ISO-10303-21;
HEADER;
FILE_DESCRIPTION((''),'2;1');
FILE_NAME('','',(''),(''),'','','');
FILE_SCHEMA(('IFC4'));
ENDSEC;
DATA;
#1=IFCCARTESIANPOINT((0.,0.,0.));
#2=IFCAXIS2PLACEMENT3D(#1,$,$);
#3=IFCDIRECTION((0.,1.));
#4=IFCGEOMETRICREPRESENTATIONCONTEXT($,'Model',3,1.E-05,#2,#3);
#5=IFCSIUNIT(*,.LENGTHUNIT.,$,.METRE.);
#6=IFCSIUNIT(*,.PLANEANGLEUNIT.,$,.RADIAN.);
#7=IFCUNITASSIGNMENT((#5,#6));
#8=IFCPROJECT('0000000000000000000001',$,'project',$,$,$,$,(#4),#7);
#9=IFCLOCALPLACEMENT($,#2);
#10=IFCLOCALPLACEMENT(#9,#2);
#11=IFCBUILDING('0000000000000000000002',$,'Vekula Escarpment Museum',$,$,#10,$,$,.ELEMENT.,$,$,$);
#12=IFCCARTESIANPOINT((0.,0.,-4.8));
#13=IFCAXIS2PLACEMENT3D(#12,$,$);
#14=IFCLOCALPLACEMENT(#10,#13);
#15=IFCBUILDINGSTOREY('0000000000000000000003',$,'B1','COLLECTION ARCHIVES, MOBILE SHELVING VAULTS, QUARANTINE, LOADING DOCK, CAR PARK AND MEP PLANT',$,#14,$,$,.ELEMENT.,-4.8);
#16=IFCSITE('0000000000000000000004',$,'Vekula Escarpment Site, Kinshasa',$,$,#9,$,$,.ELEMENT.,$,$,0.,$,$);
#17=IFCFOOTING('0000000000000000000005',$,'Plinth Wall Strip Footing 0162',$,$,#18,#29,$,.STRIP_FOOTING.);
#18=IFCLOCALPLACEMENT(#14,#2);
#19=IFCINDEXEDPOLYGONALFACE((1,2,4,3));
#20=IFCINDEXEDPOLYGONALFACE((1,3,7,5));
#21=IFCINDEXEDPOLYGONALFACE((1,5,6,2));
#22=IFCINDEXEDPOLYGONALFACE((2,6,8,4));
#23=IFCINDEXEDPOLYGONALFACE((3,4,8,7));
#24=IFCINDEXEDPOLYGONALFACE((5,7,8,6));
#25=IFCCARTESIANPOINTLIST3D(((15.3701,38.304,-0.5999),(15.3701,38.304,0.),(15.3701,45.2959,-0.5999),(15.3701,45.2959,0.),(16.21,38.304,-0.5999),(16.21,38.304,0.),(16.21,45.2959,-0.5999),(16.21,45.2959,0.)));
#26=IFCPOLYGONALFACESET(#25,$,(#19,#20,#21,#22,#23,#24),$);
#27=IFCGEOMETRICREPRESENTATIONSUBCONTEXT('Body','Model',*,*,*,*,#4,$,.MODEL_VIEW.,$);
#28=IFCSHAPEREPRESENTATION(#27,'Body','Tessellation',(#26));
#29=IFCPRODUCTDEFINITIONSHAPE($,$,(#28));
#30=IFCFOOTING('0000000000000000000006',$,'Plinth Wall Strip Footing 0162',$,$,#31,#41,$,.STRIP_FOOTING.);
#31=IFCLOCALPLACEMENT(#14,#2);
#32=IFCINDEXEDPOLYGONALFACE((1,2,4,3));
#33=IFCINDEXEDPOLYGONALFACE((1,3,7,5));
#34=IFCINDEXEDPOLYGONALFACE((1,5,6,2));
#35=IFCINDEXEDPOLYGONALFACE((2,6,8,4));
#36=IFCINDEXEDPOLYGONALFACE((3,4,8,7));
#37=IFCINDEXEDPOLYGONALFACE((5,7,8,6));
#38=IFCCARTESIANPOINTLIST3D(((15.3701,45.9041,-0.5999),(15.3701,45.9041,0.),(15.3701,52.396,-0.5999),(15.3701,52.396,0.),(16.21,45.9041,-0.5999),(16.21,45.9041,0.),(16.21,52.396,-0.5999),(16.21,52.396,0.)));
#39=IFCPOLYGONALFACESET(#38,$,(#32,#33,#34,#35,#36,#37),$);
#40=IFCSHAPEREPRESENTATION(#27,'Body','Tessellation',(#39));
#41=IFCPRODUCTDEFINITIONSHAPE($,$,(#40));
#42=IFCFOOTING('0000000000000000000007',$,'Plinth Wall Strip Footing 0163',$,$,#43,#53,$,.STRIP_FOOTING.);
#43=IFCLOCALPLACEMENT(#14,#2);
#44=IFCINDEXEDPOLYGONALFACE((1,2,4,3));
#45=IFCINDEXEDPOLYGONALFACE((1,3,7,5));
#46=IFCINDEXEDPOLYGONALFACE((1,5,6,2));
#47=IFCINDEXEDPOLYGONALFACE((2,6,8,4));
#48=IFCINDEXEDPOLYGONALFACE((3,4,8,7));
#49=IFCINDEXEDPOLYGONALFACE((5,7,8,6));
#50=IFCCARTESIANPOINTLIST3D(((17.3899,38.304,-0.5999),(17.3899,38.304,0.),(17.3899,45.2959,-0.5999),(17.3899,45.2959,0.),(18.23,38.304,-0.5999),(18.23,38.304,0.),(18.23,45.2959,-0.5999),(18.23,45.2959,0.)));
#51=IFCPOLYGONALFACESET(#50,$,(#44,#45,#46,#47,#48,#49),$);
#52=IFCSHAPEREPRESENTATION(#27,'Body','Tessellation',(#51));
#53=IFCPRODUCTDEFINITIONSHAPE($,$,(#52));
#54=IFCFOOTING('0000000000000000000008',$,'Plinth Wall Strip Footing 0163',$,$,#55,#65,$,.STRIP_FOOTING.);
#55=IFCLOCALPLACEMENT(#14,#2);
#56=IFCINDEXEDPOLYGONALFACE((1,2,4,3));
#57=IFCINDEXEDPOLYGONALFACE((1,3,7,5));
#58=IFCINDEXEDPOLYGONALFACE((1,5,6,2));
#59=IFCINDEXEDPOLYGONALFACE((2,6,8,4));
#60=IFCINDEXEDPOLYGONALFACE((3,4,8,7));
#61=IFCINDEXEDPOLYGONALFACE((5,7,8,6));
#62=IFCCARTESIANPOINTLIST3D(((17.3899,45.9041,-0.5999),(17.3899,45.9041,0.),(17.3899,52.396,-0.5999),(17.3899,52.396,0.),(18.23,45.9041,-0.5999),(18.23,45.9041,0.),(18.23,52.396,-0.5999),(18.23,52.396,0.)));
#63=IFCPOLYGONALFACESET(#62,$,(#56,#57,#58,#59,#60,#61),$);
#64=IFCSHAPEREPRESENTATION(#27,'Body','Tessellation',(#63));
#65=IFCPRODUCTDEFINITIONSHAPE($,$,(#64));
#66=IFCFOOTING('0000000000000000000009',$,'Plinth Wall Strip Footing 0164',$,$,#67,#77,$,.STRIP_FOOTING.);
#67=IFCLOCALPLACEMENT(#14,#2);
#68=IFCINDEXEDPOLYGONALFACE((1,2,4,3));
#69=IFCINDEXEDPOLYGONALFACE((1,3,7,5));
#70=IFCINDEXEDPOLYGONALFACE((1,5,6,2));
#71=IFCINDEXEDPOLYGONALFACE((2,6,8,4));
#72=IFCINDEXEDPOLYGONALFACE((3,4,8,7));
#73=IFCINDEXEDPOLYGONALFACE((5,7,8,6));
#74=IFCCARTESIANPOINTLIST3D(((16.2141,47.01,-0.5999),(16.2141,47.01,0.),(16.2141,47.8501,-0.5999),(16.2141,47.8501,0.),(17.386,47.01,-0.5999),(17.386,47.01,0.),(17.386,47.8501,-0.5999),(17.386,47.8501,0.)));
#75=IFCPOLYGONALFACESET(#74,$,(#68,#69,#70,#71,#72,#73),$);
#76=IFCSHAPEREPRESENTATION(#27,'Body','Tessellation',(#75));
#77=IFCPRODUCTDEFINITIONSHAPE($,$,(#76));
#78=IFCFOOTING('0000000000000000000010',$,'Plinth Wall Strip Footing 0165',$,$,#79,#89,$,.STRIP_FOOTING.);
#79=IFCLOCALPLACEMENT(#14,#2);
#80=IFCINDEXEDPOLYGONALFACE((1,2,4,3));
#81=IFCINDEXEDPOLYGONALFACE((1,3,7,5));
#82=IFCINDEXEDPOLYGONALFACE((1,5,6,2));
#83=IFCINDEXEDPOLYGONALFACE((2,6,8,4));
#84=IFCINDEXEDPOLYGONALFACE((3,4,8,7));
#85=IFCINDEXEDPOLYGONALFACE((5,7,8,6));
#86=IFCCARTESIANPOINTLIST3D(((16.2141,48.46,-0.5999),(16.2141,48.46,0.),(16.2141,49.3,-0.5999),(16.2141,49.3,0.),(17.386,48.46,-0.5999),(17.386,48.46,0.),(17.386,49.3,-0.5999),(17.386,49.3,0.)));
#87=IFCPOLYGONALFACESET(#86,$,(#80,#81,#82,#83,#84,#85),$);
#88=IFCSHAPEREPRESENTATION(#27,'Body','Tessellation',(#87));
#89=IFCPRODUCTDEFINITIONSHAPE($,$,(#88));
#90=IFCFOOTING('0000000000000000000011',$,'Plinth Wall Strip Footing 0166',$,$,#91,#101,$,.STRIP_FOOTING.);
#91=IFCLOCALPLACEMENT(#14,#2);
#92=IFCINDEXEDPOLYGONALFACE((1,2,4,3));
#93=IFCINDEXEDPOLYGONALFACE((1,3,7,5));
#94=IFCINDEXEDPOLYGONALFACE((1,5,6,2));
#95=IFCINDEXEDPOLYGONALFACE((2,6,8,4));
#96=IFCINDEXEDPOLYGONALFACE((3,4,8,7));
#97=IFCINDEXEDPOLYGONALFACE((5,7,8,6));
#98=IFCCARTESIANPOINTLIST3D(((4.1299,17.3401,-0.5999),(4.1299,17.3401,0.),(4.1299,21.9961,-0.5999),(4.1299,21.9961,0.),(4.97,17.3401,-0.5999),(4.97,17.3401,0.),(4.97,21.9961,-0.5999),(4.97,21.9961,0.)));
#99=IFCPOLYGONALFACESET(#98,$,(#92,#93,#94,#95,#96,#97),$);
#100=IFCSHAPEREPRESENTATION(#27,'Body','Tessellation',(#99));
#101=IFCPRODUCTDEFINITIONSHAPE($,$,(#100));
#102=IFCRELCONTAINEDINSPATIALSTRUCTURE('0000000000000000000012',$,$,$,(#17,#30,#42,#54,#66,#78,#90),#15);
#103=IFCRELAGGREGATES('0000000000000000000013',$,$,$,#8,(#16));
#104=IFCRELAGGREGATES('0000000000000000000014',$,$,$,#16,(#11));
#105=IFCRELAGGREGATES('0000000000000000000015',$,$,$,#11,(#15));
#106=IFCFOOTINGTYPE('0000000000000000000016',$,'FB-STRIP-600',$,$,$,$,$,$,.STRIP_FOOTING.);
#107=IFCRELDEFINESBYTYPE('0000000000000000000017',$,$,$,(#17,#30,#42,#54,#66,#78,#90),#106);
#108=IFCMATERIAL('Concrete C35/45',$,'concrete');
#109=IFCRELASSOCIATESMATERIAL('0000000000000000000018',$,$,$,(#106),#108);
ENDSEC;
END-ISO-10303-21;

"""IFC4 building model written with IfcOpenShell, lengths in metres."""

from ifc_helpers import new_model, si_unit, direction, frame, origin, place, context, subcontext, project, spatial, polyline, outline, extrude, material, type_object, element, save


model = new_model("IFC4")

# Units and contexts
model_context = context("Model", 3, precision=1e-05, world=origin(), true_north=direction((0.0, 1.0)))
body_context = subcontext(model_context, "Body", "Model", "MODEL_VIEW")
ifc_project = project(units=[si_unit("LENGTHUNIT", "METRE"), si_unit("PLANEANGLEUNIT", "RADIAN")], contexts=[model_context])

# Site, building, storey
site_placement = place(None, origin())
site = spatial("IfcSite", under=ifc_project, at=site_placement, Name="Vekula Escarpment Site, Kinshasa", CompositionType="ELEMENT", RefElevation=0.0)
building_placement = place(site_placement, origin())
building = spatial("IfcBuilding", under=site, at=building_placement, Name="Vekula Escarpment Museum", CompositionType="ELEMENT")
storey_placement = place(building_placement, frame((0.0, 0.0, -4.8)))
storey = spatial("IfcBuildingStorey", under=building, at=storey_placement, Name="B1", Description="COLLECTION ARCHIVES, MOBILE SHELVING VAULTS, QUARANTINE, LOADING DOCK, CAR PARK AND MEP PLANT", CompositionType="ELEMENT", Elevation=-4.8)

# Footings
ifc_material = material(Name="Concrete C35/45", Category="concrete")
footing_type = type_object("IfcFootingType", Name="FB-STRIP-600", PredefinedType="STRIP_FOOTING", material=ifc_material)
footing_1_placement = place(storey_placement, frame((0.0, 0.0, -0.5999)))
element("IfcFooting", 1, at=footing_1_placement, inside=storey, type_object=footing_type, Name="Plinth Wall Strip Footing 0162", PredefinedType="STRIP_FOOTING", context=body_context, shape_type="SweptSolid", body=[
    extrude(outline(polyline([(16.21, 38.304), (15.3701, 38.304), (15.3701, 45.2959), (16.21, 45.2959), (16.21, 38.304)])), origin(), (0.0, 0.0, 1.0), 0.5999),
])
footing_2_placement = place(storey_placement, frame((0.0, 0.0, -0.5999)))
element("IfcFooting", 2, at=footing_2_placement, inside=storey, type_object=footing_type, Name="Plinth Wall Strip Footing 0162", PredefinedType="STRIP_FOOTING", context=body_context, shape_type="SweptSolid", body=[
    extrude(outline(polyline([(16.21, 45.9041), (15.3701, 45.9041), (15.3701, 52.396), (16.21, 52.396), (16.21, 45.9041)])), origin(), (0.0, 0.0, 1.0), 0.5999),
])
footing_3_placement = place(storey_placement, frame((0.0, 0.0, -0.5999)))
element("IfcFooting", 3, at=footing_3_placement, inside=storey, type_object=footing_type, Name="Plinth Wall Strip Footing 0163", PredefinedType="STRIP_FOOTING", context=body_context, shape_type="SweptSolid", body=[
    extrude(outline(polyline([(18.23, 38.304), (17.3899, 38.304), (17.3899, 45.2959), (18.23, 45.2959), (18.23, 38.304)])), origin(), (0.0, 0.0, 1.0), 0.5999),
])
footing_4_placement = place(storey_placement, frame((0.0, 0.0, -0.5999)))
element("IfcFooting", 4, at=footing_4_placement, inside=storey, type_object=footing_type, Name="Plinth Wall Strip Footing 0163", PredefinedType="STRIP_FOOTING", context=body_context, shape_type="SweptSolid", body=[
    extrude(outline(polyline([(18.23, 45.9041), (17.3899, 45.9041), (17.3899, 52.396), (18.23, 52.396), (18.23, 45.9041)])), origin(), (0.0, 0.0, 1.0), 0.5999),
])
footing_5_placement = place(storey_placement, frame((0.0, 0.0, -0.5999)))
element("IfcFooting", 5, at=footing_5_placement, inside=storey, type_object=footing_type, Name="Plinth Wall Strip Footing 0164", PredefinedType="STRIP_FOOTING", context=body_context, shape_type="SweptSolid", body=[
    extrude(outline(polyline([(16.2141, 47.01), (16.2141, 47.8501), (17.386, 47.8501), (17.386, 47.01), (16.2141, 47.01)])), origin(), (0.0, 0.0, 1.0), 0.5999),
])
footing_6_placement = place(storey_placement, frame((0.0, 0.0, -0.5999)))
element("IfcFooting", 6, at=footing_6_placement, inside=storey, type_object=footing_type, Name="Plinth Wall Strip Footing 0165", PredefinedType="STRIP_FOOTING", context=body_context, shape_type="SweptSolid", body=[
    extrude(outline(polyline([(16.2141, 48.46), (16.2141, 49.3), (17.386, 49.3), (17.386, 48.46), (16.2141, 48.46)])), origin(), (0.0, 0.0, 1.0), 0.5999),
])
footing_7_placement = place(storey_placement, frame((0.0, 0.0, -0.5999)))
element("IfcFooting", 7, at=footing_7_placement, inside=storey, type_object=footing_type, Name="Plinth Wall Strip Footing 0166", PredefinedType="STRIP_FOOTING", context=body_context, shape_type="SweptSolid", body=[
    extrude(outline(polyline([(4.97, 17.3401), (4.1299, 17.3401), (4.1299, 21.9961), (4.97, 21.9961), (4.97, 17.3401)])), origin(), (0.0, 0.0, 1.0), 0.5999),
])

save(model, "model.ifc")
